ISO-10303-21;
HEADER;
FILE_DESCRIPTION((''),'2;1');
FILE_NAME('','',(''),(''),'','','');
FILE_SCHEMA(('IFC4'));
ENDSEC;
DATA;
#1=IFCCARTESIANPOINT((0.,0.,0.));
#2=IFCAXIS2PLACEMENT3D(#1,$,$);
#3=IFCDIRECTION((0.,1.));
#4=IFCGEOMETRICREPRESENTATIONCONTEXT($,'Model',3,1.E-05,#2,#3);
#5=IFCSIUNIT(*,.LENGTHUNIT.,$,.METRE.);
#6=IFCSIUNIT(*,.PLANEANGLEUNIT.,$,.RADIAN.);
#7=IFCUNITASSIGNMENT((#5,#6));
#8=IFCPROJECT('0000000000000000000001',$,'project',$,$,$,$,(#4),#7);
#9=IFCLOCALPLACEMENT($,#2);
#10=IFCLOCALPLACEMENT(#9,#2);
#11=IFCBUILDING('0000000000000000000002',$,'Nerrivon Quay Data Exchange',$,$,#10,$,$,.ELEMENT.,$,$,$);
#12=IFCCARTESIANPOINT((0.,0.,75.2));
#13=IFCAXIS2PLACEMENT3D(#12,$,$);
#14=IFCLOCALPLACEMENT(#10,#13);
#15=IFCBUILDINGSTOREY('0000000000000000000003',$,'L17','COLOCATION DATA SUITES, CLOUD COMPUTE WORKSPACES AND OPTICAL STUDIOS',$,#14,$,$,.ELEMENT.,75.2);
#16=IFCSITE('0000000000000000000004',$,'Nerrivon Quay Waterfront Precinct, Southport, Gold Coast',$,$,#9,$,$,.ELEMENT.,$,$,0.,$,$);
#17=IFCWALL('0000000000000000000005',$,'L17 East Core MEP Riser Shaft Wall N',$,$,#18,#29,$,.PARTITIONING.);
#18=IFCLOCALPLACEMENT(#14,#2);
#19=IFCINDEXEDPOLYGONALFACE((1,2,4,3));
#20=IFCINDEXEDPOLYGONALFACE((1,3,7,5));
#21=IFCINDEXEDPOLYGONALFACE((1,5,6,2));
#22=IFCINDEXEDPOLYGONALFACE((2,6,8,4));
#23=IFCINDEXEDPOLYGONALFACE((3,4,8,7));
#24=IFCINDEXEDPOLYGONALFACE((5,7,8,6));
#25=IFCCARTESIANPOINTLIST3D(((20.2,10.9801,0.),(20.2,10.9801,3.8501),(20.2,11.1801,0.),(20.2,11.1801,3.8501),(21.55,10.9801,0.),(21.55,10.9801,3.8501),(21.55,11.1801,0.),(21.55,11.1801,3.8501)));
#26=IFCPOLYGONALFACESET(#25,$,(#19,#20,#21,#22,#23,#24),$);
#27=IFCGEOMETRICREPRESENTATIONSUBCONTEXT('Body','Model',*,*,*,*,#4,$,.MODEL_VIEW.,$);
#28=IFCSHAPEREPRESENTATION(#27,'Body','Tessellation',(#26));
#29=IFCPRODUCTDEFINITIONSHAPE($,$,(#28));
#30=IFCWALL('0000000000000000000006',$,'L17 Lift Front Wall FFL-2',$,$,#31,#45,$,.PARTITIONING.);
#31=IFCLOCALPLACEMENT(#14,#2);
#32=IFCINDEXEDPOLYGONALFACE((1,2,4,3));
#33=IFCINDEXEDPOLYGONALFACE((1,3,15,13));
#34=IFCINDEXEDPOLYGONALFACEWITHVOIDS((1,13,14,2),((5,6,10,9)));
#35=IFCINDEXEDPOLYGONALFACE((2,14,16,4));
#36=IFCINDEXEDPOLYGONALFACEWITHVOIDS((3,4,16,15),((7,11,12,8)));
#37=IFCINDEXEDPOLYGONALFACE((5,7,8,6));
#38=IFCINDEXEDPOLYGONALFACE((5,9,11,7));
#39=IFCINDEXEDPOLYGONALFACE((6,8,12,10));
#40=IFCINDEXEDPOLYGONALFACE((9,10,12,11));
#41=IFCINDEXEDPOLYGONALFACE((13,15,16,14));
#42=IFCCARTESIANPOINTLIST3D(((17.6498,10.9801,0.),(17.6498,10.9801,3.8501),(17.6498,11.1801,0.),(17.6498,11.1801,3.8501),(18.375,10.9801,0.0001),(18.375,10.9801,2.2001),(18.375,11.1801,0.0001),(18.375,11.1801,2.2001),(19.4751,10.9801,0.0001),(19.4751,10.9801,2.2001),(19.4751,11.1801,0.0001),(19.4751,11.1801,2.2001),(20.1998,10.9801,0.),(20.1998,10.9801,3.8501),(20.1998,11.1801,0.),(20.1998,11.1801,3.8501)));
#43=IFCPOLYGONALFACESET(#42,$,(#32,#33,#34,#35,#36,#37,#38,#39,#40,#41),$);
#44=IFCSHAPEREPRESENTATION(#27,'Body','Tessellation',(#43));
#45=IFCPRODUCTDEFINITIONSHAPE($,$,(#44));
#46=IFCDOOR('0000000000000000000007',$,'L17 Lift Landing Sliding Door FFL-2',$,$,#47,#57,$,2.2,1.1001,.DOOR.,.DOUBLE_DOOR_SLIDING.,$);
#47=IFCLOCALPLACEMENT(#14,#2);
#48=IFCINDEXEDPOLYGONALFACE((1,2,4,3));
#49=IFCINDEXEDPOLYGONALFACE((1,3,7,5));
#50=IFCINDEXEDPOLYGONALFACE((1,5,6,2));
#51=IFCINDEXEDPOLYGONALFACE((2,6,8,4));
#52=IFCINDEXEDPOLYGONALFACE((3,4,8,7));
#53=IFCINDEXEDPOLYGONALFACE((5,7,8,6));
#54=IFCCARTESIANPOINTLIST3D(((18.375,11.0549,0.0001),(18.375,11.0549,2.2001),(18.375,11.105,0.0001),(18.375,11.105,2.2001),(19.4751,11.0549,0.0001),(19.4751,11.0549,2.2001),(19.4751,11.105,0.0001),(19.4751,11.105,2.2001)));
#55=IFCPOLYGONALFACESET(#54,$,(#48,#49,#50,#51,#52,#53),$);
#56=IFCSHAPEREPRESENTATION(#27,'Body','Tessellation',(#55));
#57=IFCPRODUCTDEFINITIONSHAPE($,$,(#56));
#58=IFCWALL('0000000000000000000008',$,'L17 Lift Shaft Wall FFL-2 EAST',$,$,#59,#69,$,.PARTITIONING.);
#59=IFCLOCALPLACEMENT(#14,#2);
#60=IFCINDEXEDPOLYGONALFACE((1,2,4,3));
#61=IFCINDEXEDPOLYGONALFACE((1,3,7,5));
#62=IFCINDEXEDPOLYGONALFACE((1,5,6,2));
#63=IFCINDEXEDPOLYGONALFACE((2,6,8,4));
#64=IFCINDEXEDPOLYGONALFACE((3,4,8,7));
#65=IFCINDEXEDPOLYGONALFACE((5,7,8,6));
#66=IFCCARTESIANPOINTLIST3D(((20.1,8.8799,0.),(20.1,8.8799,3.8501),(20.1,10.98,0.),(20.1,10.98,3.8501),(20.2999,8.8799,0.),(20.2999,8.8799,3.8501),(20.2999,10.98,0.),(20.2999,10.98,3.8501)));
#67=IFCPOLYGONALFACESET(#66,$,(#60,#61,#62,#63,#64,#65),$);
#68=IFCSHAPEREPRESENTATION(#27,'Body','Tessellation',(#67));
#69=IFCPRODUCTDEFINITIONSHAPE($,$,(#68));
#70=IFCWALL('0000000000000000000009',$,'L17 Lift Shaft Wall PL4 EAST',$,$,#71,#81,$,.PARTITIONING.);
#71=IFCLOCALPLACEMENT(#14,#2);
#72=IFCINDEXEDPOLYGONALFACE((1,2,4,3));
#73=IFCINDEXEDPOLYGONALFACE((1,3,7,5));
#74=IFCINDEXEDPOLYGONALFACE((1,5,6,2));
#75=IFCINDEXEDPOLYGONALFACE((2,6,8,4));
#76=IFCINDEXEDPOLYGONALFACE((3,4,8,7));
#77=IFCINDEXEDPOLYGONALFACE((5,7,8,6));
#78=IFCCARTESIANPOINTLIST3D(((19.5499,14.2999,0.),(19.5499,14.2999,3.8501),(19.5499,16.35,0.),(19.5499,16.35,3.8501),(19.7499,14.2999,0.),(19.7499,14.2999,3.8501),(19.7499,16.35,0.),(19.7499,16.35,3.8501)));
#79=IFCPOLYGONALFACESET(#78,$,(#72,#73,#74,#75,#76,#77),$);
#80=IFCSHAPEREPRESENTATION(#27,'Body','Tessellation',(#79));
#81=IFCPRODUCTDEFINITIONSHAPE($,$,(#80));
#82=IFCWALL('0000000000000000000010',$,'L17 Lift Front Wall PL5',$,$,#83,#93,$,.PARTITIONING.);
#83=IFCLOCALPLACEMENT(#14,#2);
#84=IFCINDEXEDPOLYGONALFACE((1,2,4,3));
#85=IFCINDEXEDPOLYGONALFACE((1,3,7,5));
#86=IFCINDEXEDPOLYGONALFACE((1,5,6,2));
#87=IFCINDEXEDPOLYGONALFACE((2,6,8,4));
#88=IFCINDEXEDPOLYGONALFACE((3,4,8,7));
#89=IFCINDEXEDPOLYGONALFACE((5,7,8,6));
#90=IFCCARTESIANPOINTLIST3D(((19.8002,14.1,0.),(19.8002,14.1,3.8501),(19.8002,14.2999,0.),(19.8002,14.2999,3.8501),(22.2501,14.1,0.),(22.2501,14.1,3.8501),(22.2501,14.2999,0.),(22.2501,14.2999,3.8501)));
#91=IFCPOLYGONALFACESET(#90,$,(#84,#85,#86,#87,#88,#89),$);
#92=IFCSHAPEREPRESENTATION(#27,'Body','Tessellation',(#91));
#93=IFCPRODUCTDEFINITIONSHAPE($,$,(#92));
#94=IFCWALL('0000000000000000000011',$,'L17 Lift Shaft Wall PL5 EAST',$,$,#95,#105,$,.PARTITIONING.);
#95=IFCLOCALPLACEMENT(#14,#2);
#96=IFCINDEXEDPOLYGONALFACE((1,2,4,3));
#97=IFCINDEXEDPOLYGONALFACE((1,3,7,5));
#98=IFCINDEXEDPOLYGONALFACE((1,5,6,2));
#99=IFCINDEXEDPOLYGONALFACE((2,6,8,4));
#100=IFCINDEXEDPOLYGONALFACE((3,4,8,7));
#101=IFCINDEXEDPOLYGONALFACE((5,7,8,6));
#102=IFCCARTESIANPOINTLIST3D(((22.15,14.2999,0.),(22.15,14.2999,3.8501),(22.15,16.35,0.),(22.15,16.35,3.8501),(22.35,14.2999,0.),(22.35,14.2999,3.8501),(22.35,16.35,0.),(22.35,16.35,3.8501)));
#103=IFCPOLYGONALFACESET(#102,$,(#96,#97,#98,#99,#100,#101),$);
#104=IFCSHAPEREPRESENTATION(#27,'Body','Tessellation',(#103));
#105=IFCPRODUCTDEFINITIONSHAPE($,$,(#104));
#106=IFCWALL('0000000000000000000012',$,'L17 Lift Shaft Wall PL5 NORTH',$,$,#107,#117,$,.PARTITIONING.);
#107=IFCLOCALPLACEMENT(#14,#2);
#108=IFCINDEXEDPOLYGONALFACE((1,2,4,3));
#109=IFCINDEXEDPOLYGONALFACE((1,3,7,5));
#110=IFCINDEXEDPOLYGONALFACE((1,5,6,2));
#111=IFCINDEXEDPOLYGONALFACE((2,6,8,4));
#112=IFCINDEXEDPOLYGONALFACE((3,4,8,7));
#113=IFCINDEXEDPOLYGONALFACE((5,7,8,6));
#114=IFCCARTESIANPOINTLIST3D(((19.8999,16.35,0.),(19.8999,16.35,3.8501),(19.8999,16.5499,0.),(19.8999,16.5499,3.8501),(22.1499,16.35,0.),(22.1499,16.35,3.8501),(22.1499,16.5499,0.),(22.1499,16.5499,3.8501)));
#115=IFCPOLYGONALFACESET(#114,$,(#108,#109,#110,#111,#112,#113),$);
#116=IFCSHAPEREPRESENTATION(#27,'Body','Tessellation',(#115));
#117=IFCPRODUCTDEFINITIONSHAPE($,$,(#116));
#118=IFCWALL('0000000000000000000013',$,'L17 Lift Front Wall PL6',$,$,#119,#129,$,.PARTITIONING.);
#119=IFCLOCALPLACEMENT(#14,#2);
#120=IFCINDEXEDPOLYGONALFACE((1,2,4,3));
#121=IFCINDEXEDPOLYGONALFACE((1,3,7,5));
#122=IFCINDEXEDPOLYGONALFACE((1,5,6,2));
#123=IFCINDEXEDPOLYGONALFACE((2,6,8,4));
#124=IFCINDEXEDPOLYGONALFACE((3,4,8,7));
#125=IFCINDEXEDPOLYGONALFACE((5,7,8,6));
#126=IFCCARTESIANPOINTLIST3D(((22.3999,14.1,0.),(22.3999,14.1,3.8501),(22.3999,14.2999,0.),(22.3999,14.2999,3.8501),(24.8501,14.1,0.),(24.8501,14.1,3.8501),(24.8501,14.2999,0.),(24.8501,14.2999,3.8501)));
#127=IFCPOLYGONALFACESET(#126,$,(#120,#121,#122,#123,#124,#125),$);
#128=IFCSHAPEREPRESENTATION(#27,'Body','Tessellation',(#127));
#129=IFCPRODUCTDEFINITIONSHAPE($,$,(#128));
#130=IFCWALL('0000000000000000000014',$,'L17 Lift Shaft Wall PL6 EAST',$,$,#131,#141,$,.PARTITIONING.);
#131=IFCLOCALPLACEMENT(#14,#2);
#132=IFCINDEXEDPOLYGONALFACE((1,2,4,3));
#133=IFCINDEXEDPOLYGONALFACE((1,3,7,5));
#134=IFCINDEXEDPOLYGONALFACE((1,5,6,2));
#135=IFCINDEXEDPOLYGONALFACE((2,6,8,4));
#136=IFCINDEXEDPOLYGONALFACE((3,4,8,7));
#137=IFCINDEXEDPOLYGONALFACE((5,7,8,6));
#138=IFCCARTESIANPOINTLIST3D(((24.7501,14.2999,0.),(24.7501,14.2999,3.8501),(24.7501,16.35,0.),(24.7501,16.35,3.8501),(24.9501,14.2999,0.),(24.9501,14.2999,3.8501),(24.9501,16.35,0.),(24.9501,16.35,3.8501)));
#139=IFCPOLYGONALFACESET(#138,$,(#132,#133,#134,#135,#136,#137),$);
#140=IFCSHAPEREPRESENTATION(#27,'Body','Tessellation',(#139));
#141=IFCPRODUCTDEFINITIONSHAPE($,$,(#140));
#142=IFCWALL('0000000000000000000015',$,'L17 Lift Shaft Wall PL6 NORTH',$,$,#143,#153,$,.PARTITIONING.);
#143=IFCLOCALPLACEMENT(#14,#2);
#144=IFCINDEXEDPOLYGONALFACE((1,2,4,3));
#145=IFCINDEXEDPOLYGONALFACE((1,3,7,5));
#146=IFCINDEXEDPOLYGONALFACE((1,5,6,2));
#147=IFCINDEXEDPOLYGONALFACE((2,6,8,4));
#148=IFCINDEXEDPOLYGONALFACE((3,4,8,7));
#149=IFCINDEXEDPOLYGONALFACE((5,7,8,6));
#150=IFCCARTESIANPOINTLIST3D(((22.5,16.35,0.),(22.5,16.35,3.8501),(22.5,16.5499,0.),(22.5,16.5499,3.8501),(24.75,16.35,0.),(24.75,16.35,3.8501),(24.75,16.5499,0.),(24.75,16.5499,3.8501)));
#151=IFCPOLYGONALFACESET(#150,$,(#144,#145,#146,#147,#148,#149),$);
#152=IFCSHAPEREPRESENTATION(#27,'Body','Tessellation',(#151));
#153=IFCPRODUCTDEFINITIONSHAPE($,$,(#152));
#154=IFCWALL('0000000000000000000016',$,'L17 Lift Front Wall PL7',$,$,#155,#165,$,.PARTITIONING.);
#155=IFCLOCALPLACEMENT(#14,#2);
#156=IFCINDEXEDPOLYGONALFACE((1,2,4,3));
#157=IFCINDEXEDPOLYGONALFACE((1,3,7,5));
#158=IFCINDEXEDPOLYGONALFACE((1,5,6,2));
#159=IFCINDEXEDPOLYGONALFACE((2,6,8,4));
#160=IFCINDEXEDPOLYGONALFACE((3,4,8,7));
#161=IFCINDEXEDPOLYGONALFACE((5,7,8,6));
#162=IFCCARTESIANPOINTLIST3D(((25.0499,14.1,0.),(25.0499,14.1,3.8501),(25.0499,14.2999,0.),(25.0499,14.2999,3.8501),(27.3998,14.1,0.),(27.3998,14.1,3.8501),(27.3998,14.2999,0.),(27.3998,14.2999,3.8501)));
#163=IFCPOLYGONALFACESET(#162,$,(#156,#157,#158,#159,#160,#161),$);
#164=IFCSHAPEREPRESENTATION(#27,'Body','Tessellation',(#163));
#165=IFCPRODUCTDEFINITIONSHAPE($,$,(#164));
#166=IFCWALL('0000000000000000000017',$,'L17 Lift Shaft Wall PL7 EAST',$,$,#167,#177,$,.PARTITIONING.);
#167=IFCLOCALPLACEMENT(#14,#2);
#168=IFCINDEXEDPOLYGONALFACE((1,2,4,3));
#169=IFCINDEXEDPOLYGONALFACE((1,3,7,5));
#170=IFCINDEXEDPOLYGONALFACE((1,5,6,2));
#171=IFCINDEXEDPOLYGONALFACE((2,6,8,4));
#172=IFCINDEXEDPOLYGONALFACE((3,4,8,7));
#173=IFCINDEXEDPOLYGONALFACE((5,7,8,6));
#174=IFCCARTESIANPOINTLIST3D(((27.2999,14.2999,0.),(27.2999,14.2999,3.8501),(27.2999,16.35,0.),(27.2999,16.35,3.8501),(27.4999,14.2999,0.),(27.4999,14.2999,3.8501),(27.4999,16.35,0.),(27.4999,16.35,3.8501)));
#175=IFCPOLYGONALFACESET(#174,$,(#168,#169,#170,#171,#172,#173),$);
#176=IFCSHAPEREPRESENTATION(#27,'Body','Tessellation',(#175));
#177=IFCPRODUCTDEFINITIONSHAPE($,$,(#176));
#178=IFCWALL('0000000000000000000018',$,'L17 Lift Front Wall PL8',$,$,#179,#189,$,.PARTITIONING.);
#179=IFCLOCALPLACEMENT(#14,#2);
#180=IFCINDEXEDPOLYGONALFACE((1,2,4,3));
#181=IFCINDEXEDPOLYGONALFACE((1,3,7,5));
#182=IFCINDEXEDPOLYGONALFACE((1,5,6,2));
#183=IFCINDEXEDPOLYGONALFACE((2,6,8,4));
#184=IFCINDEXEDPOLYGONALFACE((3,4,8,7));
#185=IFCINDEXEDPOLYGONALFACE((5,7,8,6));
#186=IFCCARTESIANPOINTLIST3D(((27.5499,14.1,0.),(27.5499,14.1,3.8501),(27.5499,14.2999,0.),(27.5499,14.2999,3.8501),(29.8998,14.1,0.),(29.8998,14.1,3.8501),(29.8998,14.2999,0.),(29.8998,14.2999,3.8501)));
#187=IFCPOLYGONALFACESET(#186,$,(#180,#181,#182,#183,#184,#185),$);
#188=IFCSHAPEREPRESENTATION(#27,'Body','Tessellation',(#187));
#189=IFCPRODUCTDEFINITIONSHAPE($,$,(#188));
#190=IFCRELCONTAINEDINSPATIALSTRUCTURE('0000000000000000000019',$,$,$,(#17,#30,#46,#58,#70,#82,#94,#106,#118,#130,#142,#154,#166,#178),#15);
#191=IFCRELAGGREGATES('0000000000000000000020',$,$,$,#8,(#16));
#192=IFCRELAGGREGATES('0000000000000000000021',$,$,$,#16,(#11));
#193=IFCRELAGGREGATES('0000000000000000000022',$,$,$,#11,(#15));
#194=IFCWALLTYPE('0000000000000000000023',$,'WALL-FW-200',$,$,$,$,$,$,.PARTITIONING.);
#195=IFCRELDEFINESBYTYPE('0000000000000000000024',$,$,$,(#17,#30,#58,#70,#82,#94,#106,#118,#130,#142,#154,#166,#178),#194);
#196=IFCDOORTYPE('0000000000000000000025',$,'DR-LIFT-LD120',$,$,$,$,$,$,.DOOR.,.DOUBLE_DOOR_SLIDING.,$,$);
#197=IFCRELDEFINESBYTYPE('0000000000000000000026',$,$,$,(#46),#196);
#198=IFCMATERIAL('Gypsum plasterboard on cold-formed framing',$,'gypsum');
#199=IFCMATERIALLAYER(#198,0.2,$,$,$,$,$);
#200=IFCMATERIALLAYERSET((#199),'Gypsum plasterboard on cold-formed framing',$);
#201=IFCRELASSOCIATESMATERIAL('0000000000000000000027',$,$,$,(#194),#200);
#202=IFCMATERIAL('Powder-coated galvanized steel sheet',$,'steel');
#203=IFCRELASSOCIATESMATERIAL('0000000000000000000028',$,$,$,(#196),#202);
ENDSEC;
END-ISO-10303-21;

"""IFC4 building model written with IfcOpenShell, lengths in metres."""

from ifc_helpers import new_model, si_unit, direction, frame, frame_2d, origin, place, context, subcontext, project, spatial, rectangle, extrude, material, layer, layer_set, type_object, element, fill, save


model = new_model("IFC4")

# Units and contexts
model_context = context("Model", 3, precision=1e-05, world=origin(), true_north=direction((0.0, 1.0)))
body_context = subcontext(model_context, "Body", "Model", "MODEL_VIEW")
ifc_project = project(units=[si_unit("LENGTHUNIT", "METRE"), si_unit("PLANEANGLEUNIT", "RADIAN")], contexts=[model_context])

# Site, building, storey
site_placement = place(None, origin())
site = spatial("IfcSite", under=ifc_project, at=site_placement, Name="Nerrivon Quay Waterfront Precinct, Southport, Gold Coast", CompositionType="ELEMENT", RefElevation=0.0)
building_placement = place(site_placement, origin())
building = spatial("IfcBuilding", under=site, at=building_placement, Name="Nerrivon Quay Data Exchange", CompositionType="ELEMENT")
storey_placement = place(building_placement, frame((0.0, 0.0, 75.2)))
storey = spatial("IfcBuildingStorey", under=building, at=storey_placement, Name="L17", Description="COLOCATION DATA SUITES, CLOUD COMPUTE WORKSPACES AND OPTICAL STUDIOS", CompositionType="ELEMENT", Elevation=75.2)

# Wall
ifc_material_1 = material(Name="Gypsum plasterboard on cold-formed framing", Category="gypsum")
ifc_layer_1 = layer(ifc_material_1, 0.2)
ifc_layer_set_1 = layer_set([ifc_layer_1], Name="Gypsum plasterboard on cold-formed framing")
wall_type_1 = type_object("IfcWallType", Name="WALL-FW-200", PredefinedType="PARTITIONING", material=ifc_layer_set_1)
wall_1_placement = place(storey_placement, frame((20.2, 11.0801, 0.0), z_axis=(0.0, 0.0, 1.0), x_axis=(1.0, 0.0, 0.0)))
element("IfcWall", 1, at=wall_1_placement, inside=storey, type_object=wall_type_1, Name="L17 East Core MEP Riser Shaft Wall N", PredefinedType="PARTITIONING", context=body_context, shape_type="SweptSolid", body=[
    extrude(rectangle(XDim=1.3501, YDim=0.2, at=frame_2d((0.675, 0.0))), origin(), (0.0, 0.0, 1.0), 3.8501),
])

# Wall, opening, door
wall_2_placement = place(storey_placement, frame((17.6499, 11.0801, 0.0), z_axis=(0.0, 0.0, 1.0), x_axis=(1.0, 0.0, 0.0)))
wall_2 = element("IfcWall", 2, at=wall_2_placement, inside=storey, type_object=wall_type_1, Name="L17 Lift Front Wall FFL-2", PredefinedType="PARTITIONING", context=body_context, shape_type="SweptSolid", body=[
    extrude(rectangle(XDim=2.55, YDim=0.2, at=frame_2d((1.2749, 0.0))), origin(), (0.0, 0.0, 1.0), 3.8501),
])
opening_1_placement = place(wall_2_placement, frame((0.7251, 0.0, 0.0)))
opening_1 = element("IfcOpeningElement", 3, at=opening_1_placement, cuts=wall_2, PredefinedType="OPENING", context=body_context, shape_type="SweptSolid", body=[
    extrude(rectangle(XDim=1.1001, YDim=2.2, at=frame_2d((0.55, 1.1001))), frame((0.0, 0.1099, 0.0), z_axis=(0.0, -1.0, 0.0), x_axis=(1.0, 0.0, 0.0)), (0.0, 0.0, 1.0), 0.22),
])
ifc_material_2 = material(Name="Powder-coated galvanized steel sheet", Category="steel")
door_type_1 = type_object("IfcDoorType", Name="DR-LIFT-LD120", OperationType="DOUBLE_DOOR_SLIDING", PredefinedType="DOOR", material=ifc_material_2)
door_1_placement = place(opening_1_placement, origin())
door_1 = element("IfcDoor", 4, at=door_1_placement, inside=storey, type_object=door_type_1, Name="L17 Lift Landing Sliding Door FFL-2", OperationType="DOUBLE_DOOR_SLIDING", OverallHeight=2.2, OverallWidth=1.1001, PredefinedType="DOOR", context=body_context, shape_type="SweptSolid", body=[
    extrude(rectangle(XDim=1.1001, YDim=2.2, at=frame_2d((0.55, 1.1001))), frame((0.0, 0.0249, 0.0), z_axis=(0.0, -1.0, 0.0), x_axis=(1.0, 0.0, 0.0)), (0.0, 0.0, 1.0), 0.05),
])
fill(opening_1, door_1)

# Walls
wall_3_placement = place(storey_placement, frame((20.2, 8.8799, 0.0), z_axis=(0.0, 0.0, 1.0), x_axis=(0.0, 1.0, 0.0)))
element("IfcWall", 5, at=wall_3_placement, inside=storey, type_object=wall_type_1, Name="L17 Lift Shaft Wall FFL-2 EAST", PredefinedType="PARTITIONING", context=body_context, shape_type="SweptSolid", body=[
    extrude(rectangle(XDim=2.1001, YDim=0.2, at=frame_2d((1.05, 0.0))), origin(), (0.0, 0.0, 1.0), 3.8501),
])
wall_4_placement = place(storey_placement, frame((19.6499, 14.3, 0.0), z_axis=(0.0, 0.0, 1.0), x_axis=(0.0, 1.0, 0.0)))
element("IfcWall", 6, at=wall_4_placement, inside=storey, type_object=wall_type_1, Name="L17 Lift Shaft Wall PL4 EAST", PredefinedType="PARTITIONING", context=body_context, shape_type="SweptSolid", body=[
    extrude(rectangle(XDim=2.05, YDim=0.2, at=frame_2d((1.0249, 0.0))), origin(), (0.0, 0.0, 1.0), 3.8501),
])
wall_5_placement = place(storey_placement, frame((19.8, 14.2, 0.0), z_axis=(0.0, 0.0, 1.0), x_axis=(1.0, 0.0, 0.0)))
element("IfcWall", 7, at=wall_5_placement, inside=storey, type_object=wall_type_1, Name="L17 Lift Front Wall PL5", PredefinedType="PARTITIONING", context=body_context, shape_type="SweptSolid", body=[
    extrude(rectangle(XDim=2.45, YDim=0.2, at=frame_2d((1.2251, 0.0))), origin(), (0.0, 0.0, 1.0), 3.8501),
])
wall_6_placement = place(storey_placement, frame((22.25, 14.3, 0.0), z_axis=(0.0, 0.0, 1.0), x_axis=(0.0, 1.0, 0.0)))
element("IfcWall", 8, at=wall_6_placement, inside=storey, type_object=wall_type_1, Name="L17 Lift Shaft Wall PL5 EAST", PredefinedType="PARTITIONING", context=body_context, shape_type="SweptSolid", body=[
    extrude(rectangle(XDim=2.05, YDim=0.2, at=frame_2d((1.0249, 0.0))), origin(), (0.0, 0.0, 1.0), 3.8501),
])
wall_7_placement = place(storey_placement, frame((19.8999, 16.45, 0.0), z_axis=(0.0, 0.0, 1.0), x_axis=(1.0, 0.0, 0.0)))
element("IfcWall", 9, at=wall_7_placement, inside=storey, type_object=wall_type_1, Name="L17 Lift Shaft Wall PL5 NORTH", PredefinedType="PARTITIONING", context=body_context, shape_type="SweptSolid", body=[
    extrude(rectangle(XDim=2.25, YDim=0.2, at=frame_2d((1.125, 0.0))), origin(), (0.0, 0.0, 1.0), 3.8501),
])
wall_8_placement = place(storey_placement, frame((22.3999, 14.2, 0.0), z_axis=(0.0, 0.0, 1.0), x_axis=(1.0, 0.0, 0.0)))
element("IfcWall", 10, at=wall_8_placement, inside=storey, type_object=wall_type_1, Name="L17 Lift Front Wall PL6", PredefinedType="PARTITIONING", context=body_context, shape_type="SweptSolid", body=[
    extrude(rectangle(XDim=2.4502, YDim=0.2, at=frame_2d((1.2251, 0.0))), origin(), (0.0, 0.0, 1.0), 3.8501),
])
wall_9_placement = place(storey_placement, frame((24.8501, 14.3, 0.0), z_axis=(0.0, 0.0, 1.0), x_axis=(0.0, 1.0, 0.0)))
element("IfcWall", 11, at=wall_9_placement, inside=storey, type_object=wall_type_1, Name="L17 Lift Shaft Wall PL6 EAST", PredefinedType="PARTITIONING", context=body_context, shape_type="SweptSolid", body=[
    extrude(rectangle(XDim=2.05, YDim=0.2, at=frame_2d((1.0249, 0.0))), origin(), (0.0, 0.0, 1.0), 3.8501),
])
wall_10_placement = place(storey_placement, frame((22.5, 16.45, 0.0), z_axis=(0.0, 0.0, 1.0), x_axis=(1.0, 0.0, 0.0)))
element("IfcWall", 12, at=wall_10_placement, inside=storey, type_object=wall_type_1, Name="L17 Lift Shaft Wall PL6 NORTH", PredefinedType="PARTITIONING", context=body_context, shape_type="SweptSolid", body=[
    extrude(rectangle(XDim=2.25, YDim=0.2, at=frame_2d((1.125, 0.0))), origin(), (0.0, 0.0, 1.0), 3.8501),
])
wall_11_placement = place(storey_placement, frame((25.05, 14.2, 0.0), z_axis=(0.0, 0.0, 1.0), x_axis=(1.0, 0.0, 0.0)))
element("IfcWall", 13, at=wall_11_placement, inside=storey, type_object=wall_type_1, Name="L17 Lift Front Wall PL7", PredefinedType="PARTITIONING", context=body_context, shape_type="SweptSolid", body=[
    extrude(rectangle(XDim=2.3499, YDim=0.2, at=frame_2d((1.1748, 0.0))), origin(), (0.0, 0.0, 1.0), 3.8501),
])
wall_12_placement = place(storey_placement, frame((27.3999, 14.3, 0.0), z_axis=(0.0, 0.0, 1.0), x_axis=(0.0, 1.0, 0.0)))
element("IfcWall", 14, at=wall_12_placement, inside=storey, type_object=wall_type_1, Name="L17 Lift Shaft Wall PL7 EAST", PredefinedType="PARTITIONING", context=body_context, shape_type="SweptSolid", body=[
    extrude(rectangle(XDim=2.05, YDim=0.2, at=frame_2d((1.0249, 0.0))), origin(), (0.0, 0.0, 1.0), 3.8501),
])
wall_13_placement = place(storey_placement, frame((27.55, 14.2, 0.0), z_axis=(0.0, 0.0, 1.0), x_axis=(1.0, 0.0, 0.0)))
element("IfcWall", 15, at=wall_13_placement, inside=storey, type_object=wall_type_1, Name="L17 Lift Front Wall PL8", PredefinedType="PARTITIONING", context=body_context, shape_type="SweptSolid", body=[
    extrude(rectangle(XDim=2.3499, YDim=0.2, at=frame_2d((1.1748, 0.0))), origin(), (0.0, 0.0, 1.0), 3.8501),
])

save(model, "model.ifc")
